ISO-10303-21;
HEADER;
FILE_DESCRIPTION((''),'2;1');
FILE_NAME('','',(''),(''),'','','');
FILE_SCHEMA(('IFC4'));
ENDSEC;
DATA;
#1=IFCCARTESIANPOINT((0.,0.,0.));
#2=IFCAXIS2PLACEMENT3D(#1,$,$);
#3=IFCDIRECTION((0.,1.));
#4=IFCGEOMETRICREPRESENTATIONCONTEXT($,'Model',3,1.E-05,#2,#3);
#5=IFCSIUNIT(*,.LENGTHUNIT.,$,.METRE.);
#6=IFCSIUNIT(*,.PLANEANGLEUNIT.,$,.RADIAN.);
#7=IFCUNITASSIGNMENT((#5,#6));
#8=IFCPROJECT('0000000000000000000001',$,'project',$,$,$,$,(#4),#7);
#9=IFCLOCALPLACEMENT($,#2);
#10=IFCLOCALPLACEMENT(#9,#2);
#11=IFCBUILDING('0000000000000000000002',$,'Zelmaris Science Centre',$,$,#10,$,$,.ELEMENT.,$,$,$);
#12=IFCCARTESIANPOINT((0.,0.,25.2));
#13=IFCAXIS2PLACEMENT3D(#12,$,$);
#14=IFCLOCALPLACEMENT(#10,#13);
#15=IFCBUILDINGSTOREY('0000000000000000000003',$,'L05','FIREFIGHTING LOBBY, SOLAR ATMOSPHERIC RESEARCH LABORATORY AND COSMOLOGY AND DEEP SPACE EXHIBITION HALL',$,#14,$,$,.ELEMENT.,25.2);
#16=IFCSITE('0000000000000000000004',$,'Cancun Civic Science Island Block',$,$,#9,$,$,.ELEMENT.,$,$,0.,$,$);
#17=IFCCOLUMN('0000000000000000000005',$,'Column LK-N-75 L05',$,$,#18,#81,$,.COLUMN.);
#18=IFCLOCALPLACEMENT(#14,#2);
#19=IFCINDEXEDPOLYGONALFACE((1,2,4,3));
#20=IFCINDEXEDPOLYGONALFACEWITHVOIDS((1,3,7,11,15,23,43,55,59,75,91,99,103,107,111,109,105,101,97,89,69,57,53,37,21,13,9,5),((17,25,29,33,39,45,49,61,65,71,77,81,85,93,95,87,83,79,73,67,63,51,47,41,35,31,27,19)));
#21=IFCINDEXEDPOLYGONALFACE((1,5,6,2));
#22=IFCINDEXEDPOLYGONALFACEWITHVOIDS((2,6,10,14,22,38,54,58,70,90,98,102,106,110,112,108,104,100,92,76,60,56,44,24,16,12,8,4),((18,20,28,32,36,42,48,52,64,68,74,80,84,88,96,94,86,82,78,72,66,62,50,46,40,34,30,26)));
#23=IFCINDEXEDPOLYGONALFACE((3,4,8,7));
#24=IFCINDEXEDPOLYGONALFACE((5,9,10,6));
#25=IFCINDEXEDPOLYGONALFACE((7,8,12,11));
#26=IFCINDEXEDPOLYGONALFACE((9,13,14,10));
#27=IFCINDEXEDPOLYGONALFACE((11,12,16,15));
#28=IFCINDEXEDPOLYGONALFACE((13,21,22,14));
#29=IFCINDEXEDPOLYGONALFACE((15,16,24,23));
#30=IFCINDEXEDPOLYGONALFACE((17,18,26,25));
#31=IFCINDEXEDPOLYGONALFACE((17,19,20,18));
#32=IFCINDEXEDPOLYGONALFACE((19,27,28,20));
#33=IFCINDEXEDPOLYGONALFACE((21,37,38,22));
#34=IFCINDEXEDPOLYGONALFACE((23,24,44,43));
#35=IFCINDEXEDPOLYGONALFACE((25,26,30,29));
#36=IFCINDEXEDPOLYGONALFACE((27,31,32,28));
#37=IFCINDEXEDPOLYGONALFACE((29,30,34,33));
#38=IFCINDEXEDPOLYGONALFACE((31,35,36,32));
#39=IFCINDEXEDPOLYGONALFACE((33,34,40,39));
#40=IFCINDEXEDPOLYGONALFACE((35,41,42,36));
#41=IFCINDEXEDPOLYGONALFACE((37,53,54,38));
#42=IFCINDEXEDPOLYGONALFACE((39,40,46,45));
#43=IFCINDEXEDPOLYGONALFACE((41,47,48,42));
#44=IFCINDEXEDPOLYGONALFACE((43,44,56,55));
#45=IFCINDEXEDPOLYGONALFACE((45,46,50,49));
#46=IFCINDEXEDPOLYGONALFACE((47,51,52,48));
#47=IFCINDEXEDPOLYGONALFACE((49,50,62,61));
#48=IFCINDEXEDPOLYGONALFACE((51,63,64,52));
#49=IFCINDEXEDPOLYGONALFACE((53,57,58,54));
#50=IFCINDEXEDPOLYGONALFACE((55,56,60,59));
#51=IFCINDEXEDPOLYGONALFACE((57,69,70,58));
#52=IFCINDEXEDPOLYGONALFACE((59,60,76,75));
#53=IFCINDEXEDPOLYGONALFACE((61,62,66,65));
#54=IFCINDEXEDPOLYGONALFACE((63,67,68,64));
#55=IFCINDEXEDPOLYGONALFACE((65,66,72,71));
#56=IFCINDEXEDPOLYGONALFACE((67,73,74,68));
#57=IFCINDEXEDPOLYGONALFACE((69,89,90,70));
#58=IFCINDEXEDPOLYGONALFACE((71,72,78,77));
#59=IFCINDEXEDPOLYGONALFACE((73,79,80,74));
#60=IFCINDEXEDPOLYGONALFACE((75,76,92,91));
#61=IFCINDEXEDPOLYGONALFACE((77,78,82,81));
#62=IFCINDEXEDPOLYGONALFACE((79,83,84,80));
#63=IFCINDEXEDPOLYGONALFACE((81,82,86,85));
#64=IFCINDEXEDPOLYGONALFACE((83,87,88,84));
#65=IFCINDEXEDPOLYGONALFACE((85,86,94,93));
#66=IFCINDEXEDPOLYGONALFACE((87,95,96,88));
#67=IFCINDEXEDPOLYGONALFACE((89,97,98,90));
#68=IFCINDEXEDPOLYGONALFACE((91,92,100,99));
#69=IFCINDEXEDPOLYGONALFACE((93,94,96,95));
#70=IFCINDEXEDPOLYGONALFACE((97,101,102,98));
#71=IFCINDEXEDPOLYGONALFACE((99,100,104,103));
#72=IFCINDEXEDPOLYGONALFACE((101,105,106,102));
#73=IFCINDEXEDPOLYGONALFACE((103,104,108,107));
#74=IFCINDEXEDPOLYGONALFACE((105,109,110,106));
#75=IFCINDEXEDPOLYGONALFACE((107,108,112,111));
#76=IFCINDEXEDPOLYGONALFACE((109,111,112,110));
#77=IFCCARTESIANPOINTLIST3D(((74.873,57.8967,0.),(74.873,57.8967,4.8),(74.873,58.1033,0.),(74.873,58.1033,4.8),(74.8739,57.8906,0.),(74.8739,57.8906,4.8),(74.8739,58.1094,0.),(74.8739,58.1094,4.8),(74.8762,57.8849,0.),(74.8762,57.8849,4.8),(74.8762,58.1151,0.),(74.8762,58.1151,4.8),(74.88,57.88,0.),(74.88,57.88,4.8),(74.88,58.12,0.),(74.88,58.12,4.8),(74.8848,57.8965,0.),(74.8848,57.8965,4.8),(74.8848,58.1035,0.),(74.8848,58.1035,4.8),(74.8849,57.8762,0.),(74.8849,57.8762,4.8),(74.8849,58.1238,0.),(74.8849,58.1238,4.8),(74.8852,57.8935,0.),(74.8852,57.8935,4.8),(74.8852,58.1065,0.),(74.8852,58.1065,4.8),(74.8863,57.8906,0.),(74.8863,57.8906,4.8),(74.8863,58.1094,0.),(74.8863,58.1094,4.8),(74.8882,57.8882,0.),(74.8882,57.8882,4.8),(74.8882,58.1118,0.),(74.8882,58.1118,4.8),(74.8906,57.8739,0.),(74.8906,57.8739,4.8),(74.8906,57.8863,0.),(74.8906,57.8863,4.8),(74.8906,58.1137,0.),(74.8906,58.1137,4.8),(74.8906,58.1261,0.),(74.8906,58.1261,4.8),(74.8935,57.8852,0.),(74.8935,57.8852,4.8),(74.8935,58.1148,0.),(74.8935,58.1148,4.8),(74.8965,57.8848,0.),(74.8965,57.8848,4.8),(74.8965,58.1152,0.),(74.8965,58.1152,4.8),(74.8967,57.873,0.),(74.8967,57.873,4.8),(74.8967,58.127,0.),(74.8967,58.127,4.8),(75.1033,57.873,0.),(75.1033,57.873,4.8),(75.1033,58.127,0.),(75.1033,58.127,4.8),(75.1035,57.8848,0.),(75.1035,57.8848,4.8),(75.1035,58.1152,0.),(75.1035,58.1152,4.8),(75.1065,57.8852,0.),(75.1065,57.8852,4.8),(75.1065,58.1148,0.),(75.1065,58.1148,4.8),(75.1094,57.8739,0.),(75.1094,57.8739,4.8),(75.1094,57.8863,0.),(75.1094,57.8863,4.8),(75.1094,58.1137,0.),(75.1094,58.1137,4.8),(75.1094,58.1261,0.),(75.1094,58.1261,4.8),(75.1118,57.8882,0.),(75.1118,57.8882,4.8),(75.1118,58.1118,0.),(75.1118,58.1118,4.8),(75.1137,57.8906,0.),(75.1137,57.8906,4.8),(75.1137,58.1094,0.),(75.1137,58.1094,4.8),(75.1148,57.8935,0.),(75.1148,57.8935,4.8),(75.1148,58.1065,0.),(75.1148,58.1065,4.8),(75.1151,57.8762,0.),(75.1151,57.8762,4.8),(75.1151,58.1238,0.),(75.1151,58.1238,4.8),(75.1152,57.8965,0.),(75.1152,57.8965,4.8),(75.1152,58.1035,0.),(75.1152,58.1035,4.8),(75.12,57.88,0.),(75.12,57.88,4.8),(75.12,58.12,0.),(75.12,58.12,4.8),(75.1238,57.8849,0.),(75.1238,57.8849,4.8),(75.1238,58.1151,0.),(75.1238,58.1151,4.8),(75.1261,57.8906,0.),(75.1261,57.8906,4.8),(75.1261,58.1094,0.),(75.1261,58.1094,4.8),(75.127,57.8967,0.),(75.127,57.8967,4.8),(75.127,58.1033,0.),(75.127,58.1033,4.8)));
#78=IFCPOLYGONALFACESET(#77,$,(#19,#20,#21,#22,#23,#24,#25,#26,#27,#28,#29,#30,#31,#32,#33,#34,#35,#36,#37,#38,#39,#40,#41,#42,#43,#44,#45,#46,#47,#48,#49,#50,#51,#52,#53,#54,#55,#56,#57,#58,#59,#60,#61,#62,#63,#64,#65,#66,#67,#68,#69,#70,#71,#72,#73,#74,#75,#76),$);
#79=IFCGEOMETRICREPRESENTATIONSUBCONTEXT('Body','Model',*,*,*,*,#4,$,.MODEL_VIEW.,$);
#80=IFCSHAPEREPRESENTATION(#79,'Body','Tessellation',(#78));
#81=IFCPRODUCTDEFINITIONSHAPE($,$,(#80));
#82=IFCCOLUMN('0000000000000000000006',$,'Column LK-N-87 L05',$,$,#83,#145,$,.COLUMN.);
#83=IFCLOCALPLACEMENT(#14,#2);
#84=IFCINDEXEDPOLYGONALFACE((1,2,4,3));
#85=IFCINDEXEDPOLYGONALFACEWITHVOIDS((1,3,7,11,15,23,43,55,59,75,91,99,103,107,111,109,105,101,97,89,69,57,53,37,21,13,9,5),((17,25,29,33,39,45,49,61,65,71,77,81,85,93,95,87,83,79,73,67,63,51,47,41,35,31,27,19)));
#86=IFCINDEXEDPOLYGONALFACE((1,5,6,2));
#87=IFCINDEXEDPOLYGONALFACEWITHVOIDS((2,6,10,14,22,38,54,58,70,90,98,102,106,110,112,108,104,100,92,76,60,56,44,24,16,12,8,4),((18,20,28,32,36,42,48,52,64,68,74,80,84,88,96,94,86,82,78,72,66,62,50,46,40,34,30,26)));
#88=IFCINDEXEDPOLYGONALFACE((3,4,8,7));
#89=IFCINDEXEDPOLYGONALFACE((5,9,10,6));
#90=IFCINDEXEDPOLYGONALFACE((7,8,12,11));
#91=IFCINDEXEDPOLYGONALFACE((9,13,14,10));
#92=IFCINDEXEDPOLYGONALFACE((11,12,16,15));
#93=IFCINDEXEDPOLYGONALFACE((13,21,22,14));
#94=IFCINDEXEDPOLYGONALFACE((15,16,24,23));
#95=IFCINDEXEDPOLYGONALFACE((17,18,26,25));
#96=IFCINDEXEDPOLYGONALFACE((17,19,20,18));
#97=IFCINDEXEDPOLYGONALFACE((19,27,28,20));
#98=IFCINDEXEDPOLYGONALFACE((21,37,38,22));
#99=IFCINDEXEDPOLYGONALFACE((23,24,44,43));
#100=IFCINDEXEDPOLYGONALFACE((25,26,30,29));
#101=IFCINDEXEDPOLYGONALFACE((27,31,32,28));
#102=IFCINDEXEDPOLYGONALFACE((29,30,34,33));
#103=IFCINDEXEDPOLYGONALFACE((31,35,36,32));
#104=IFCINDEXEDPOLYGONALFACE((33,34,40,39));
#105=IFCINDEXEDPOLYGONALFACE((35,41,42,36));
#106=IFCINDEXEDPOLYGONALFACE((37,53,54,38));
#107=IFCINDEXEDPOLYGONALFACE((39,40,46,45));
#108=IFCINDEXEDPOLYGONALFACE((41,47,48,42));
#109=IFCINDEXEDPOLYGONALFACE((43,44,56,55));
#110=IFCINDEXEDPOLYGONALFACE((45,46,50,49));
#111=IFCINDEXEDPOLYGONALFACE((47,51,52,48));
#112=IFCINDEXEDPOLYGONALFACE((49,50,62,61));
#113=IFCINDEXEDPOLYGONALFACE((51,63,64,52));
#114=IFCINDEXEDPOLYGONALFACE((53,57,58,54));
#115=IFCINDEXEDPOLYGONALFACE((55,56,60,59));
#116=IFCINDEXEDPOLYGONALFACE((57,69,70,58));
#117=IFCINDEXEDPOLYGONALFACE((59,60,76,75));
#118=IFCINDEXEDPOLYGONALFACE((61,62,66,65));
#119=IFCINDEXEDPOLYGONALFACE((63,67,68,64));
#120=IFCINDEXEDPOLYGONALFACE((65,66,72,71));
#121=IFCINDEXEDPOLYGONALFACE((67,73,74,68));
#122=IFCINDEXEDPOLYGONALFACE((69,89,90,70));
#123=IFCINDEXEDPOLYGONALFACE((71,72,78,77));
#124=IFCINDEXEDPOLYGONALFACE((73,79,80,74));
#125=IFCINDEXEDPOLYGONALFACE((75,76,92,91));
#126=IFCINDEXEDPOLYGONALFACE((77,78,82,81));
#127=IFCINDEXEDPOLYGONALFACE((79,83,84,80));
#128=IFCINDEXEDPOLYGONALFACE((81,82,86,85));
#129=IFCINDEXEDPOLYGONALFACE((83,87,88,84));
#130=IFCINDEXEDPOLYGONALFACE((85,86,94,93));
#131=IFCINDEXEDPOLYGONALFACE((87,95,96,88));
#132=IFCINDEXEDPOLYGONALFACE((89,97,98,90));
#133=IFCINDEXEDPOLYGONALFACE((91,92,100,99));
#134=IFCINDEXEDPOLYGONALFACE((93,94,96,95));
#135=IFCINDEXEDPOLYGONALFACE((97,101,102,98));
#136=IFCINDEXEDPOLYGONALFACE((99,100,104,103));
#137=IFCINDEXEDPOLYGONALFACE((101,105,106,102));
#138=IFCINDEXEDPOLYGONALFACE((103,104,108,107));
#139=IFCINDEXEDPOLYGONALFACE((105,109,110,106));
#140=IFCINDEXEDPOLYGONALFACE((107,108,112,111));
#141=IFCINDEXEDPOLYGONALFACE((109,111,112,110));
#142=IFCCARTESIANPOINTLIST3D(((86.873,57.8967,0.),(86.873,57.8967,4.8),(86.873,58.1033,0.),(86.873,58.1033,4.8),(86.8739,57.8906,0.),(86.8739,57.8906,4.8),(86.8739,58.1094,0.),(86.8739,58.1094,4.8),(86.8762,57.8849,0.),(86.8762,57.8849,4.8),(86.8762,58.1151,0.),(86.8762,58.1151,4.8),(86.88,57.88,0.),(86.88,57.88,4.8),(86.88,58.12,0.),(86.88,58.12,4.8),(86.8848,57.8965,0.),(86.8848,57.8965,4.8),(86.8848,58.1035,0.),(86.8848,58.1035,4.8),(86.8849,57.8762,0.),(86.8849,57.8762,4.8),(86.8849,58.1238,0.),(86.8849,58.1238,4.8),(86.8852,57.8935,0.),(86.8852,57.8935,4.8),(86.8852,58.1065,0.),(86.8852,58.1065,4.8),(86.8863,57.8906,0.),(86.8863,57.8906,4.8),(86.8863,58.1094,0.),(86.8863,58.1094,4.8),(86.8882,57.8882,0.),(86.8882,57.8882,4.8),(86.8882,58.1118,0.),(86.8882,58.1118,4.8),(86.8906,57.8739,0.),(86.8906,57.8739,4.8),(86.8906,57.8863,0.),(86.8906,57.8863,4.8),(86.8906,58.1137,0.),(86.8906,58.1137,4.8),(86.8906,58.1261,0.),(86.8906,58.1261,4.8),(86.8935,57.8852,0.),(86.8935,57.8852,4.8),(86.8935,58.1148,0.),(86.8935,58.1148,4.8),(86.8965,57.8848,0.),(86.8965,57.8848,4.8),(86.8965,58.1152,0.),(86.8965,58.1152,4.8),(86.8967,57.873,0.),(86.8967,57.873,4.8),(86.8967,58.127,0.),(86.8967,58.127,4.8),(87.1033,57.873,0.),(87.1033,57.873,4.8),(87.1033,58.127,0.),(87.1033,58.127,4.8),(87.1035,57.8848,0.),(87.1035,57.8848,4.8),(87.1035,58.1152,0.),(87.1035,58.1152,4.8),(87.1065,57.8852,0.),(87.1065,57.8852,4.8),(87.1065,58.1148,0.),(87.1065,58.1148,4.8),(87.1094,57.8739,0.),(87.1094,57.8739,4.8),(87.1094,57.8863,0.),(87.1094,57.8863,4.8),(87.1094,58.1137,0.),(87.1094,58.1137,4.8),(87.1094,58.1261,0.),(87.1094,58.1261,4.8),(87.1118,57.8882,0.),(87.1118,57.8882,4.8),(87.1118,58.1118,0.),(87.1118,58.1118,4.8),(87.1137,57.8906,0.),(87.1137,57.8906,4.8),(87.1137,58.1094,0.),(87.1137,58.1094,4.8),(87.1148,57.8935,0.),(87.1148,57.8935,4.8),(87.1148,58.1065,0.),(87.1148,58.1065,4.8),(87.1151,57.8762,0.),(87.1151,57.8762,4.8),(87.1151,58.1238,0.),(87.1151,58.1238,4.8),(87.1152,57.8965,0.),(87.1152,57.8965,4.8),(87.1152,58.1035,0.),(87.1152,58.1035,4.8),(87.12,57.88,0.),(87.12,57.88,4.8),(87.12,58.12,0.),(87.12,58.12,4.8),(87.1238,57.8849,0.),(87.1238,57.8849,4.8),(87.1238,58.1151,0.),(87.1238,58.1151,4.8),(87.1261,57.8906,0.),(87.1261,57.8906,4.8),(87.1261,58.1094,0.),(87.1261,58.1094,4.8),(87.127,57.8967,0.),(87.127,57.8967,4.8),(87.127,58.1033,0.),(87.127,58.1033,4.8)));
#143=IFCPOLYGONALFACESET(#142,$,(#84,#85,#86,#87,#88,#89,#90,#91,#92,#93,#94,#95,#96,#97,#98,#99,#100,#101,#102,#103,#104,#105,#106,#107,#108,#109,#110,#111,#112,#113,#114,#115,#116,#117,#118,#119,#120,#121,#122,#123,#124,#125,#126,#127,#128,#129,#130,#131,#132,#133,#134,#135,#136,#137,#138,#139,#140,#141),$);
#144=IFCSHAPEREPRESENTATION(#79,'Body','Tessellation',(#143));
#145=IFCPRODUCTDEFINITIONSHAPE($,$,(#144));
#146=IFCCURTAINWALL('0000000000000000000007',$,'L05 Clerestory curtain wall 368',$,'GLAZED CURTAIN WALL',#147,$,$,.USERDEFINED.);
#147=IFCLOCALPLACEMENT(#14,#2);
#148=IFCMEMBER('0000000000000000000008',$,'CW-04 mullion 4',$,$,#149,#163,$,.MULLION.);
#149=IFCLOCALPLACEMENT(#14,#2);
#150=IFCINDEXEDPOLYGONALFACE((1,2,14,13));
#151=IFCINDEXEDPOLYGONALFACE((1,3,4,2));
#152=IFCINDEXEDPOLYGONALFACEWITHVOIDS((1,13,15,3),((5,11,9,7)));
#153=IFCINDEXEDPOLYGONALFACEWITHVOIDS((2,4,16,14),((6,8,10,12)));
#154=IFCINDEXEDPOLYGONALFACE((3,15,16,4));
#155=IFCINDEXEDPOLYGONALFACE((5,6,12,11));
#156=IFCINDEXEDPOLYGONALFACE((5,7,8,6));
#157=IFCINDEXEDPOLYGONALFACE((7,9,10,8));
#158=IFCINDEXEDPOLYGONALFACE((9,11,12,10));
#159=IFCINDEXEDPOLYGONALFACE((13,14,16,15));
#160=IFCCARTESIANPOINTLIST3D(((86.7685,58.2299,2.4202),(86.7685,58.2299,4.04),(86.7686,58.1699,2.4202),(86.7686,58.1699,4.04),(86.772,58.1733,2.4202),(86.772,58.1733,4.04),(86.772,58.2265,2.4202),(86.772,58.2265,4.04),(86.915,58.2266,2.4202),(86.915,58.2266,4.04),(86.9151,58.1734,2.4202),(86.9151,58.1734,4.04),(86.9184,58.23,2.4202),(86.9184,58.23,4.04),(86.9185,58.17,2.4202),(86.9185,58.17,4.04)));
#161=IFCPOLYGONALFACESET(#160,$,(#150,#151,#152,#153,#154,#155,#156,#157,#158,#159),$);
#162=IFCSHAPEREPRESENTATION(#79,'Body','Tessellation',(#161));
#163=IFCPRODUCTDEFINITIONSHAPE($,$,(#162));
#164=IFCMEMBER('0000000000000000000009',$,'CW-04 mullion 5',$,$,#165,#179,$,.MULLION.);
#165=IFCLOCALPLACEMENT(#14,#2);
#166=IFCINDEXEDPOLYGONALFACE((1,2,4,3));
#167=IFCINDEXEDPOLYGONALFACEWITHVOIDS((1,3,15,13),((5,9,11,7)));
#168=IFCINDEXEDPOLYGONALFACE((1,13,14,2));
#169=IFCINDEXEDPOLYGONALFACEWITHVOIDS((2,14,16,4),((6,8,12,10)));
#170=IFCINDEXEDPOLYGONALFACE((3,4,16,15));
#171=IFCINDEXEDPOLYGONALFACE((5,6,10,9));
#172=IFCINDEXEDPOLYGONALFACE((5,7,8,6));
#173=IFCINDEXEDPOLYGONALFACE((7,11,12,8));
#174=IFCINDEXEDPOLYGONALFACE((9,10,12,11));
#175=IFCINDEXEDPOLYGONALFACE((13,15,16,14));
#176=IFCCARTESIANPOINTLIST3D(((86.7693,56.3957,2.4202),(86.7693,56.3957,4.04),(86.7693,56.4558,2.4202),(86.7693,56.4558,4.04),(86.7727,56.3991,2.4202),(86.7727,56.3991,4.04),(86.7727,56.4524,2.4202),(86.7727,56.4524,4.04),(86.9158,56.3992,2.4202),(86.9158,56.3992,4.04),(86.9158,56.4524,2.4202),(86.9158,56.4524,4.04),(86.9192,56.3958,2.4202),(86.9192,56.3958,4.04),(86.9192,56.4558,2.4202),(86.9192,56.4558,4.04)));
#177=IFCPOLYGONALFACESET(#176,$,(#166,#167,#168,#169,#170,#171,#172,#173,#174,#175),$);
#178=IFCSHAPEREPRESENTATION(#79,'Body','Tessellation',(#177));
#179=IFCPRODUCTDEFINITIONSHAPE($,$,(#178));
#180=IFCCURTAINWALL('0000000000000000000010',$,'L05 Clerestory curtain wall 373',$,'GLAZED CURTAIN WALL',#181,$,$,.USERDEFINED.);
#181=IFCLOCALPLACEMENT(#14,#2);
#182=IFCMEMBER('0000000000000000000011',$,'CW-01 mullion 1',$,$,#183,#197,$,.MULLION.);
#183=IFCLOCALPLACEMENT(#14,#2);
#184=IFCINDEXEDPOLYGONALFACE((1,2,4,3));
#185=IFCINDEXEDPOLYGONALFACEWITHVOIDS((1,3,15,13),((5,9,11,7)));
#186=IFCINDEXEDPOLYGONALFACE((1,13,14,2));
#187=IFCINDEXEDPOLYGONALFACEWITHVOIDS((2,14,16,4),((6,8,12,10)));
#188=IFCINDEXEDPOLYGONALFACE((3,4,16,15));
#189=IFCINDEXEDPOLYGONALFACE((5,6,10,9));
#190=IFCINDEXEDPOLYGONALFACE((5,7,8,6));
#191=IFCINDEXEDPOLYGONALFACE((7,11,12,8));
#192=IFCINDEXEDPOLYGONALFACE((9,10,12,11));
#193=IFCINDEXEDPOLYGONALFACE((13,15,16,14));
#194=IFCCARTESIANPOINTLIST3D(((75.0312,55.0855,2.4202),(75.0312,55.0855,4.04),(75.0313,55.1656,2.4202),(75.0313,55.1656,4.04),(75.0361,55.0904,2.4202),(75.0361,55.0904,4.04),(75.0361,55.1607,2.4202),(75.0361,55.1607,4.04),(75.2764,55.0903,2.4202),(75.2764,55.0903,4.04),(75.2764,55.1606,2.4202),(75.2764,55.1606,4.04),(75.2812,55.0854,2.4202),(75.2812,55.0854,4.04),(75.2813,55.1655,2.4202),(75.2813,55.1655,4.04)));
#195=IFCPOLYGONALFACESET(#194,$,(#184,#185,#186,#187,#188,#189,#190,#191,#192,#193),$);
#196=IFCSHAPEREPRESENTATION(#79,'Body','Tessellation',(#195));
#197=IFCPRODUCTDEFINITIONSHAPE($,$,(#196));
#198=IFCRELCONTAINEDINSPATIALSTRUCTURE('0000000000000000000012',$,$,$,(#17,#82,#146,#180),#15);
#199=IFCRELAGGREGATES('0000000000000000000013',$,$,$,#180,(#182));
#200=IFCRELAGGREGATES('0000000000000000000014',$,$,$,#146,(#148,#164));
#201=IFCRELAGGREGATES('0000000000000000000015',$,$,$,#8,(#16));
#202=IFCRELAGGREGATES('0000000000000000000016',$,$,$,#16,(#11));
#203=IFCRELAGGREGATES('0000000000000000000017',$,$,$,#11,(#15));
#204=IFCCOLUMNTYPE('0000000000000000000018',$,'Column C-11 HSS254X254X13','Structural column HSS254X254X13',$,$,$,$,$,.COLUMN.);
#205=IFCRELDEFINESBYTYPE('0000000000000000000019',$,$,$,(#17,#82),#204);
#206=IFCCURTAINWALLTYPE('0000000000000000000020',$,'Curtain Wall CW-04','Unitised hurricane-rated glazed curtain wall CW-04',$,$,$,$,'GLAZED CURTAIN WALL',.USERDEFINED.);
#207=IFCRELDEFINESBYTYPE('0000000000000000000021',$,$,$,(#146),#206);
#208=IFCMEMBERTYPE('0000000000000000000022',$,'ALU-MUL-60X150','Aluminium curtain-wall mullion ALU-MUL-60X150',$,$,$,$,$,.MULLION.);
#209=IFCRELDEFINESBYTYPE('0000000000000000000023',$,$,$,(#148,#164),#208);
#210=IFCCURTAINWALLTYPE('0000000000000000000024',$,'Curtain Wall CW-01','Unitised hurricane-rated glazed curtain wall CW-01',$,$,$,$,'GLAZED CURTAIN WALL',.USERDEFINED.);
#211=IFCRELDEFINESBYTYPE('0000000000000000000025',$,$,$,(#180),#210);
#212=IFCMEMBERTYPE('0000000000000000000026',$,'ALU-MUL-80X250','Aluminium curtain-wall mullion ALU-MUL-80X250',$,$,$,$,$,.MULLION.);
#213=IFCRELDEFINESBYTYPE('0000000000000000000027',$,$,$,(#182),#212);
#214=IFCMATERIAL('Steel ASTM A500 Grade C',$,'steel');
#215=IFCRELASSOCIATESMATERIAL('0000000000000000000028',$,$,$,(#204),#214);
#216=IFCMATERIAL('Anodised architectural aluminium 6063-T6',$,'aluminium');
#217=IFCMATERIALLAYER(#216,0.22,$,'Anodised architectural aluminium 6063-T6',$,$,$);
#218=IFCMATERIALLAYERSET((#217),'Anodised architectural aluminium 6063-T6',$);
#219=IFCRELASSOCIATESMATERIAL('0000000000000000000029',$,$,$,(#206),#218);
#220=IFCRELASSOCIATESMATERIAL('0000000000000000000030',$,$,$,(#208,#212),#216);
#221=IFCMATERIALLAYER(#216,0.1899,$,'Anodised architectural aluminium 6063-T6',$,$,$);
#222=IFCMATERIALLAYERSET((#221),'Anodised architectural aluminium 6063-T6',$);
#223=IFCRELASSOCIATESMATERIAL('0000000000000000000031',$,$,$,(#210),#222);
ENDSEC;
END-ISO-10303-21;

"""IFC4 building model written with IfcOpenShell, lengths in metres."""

from ifc_helpers import new_model, si_unit, direction, frame, origin, origin_2d, place, context, subcontext, project, spatial, hollow_rectangle, extrude, material, layer, layer_set, material_profile, profile_set, type_object, element, aggregate, save


model = new_model("IFC4")

# Units and contexts
model_context = context("Model", 3, precision=1e-05, world=origin(), true_north=direction((0.0, 1.0)))
body_context = subcontext(model_context, "Body", "Model", "MODEL_VIEW")
ifc_project = project(units=[si_unit("LENGTHUNIT", "METRE"), si_unit("PLANEANGLEUNIT", "RADIAN")], contexts=[model_context])

# Site, building, storey
site_placement = place(None, origin())
site = spatial("IfcSite", under=ifc_project, at=site_placement, Name="Cancun Civic Science Island Block", CompositionType="ELEMENT", RefElevation=0.0)
building_placement = place(site_placement, origin())
building = spatial("IfcBuilding", under=site, at=building_placement, Name="Zelmaris Science Centre", CompositionType="ELEMENT")
storey_placement = place(building_placement, frame((0.0, 0.0, 25.2)))
storey = spatial("IfcBuildingStorey", under=building, at=storey_placement, Name="L05", Description="FIREFIGHTING LOBBY, SOLAR ATMOSPHERIC RESEARCH LABORATORY AND COSMOLOGY AND DEEP SPACE EXHIBITION HALL", CompositionType="ELEMENT", Elevation=25.2)

# Columns
ifc_material_1 = material(Name="Steel ASTM A500 Grade C", Category="steel")
ifc_material_profile_1 = material_profile(ifc_material_1, hollow_rectangle(XDim=0.2539, YDim=0.2539, WallThickness=0.0117, InnerFilletRadius=0.0117, OuterFilletRadius=0.0237, at=origin_2d()), Name="HSS254X254X13")
ifc_profile_set_1 = profile_set([ifc_material_profile_1], Name="Steel ASTM A500 Grade C")
column_type = type_object("IfcColumnType", Name="Column C-11 HSS254X254X13", Description="Structural column HSS254X254X13", PredefinedType="COLUMN", material=ifc_profile_set_1)
for number, where, z_axis, x_axis, name in (
    (1, (75.0, 58.0, 0.0), (0.0, 0.0, 1.0), (1.0, 0.0, 0.0), "Column LK-N-75 L05"),
    (2, (87.0, 58.0, 0.0), (0.0, 0.0, 1.0), (1.0, 0.0, 0.0), "Column LK-N-87 L05"),
):
    element("IfcColumn", number, at=place(storey_placement, frame(where, z_axis=z_axis, x_axis=x_axis)), inside=storey, type_object=column_type, Name=name, PredefinedType="COLUMN", context=body_context, shape_type="SweptSolid", body=[
        extrude(hollow_rectangle(XDim=0.2539, YDim=0.2539, WallThickness=0.0117, InnerFilletRadius=0.0117, OuterFilletRadius=0.0237, at=origin_2d()), origin(), (0.0, 0.0, 1.0), 4.8),
    ])

# Curtain walls, members
ifc_material_2 = material(Name="Anodised architectural aluminium 6063-T6", Category="aluminium")
ifc_layer_1 = layer(ifc_material_2, 0.22, Name="Anodised architectural aluminium 6063-T6")
ifc_layer_set_1 = layer_set([ifc_layer_1], Name="Anodised architectural aluminium 6063-T6")
curtain_wall_type_1 = type_object("IfcCurtainWallType", Name="Curtain Wall CW-04", Description="Unitised hurricane-rated glazed curtain wall CW-04", ElementType="GLAZED CURTAIN WALL", PredefinedType="USERDEFINED", material=ifc_layer_set_1)
curtain_wall_1_placement = place(storey_placement, origin())
curtain_wall_1 = element("IfcCurtainWall", 3, at=curtain_wall_1_placement, inside=storey, type_object=curtain_wall_type_1, Name="L05 Clerestory curtain wall 368", ObjectType="GLAZED CURTAIN WALL", PredefinedType="USERDEFINED")
ifc_material_profile_2 = material_profile(ifc_material_2, hollow_rectangle(XDim=0.0601, YDim=0.1499, WallThickness=0.0034, at=origin_2d()), Name="ALU-MUL-60X150")
ifc_profile_set_2 = profile_set([ifc_material_profile_2], Name="Anodised architectural aluminium 6063-T6")
member_type_1 = type_object("IfcMemberType", Name="ALU-MUL-60X150", Description="Aluminium curtain-wall mullion ALU-MUL-60X150", PredefinedType="MULLION", material=ifc_profile_set_2)
member_1_placement = place(storey_placement, frame((86.8435, 58.2, 2.4202), z_axis=(0.0, 0.0, 1.0), x_axis=(0.000457, -1.0, 0.0)))
member_1 = element("IfcMember", 4, at=member_1_placement, type_object=member_type_1, Name="CW-04 mullion 4", PredefinedType="MULLION", context=body_context, shape_type="SweptSolid", body=[
    extrude(hollow_rectangle(XDim=0.0601, YDim=0.1499, WallThickness=0.0034, at=origin_2d()), origin(), (0.0, 0.0, 1.0), 1.6199),
])
member_2_placement = place(storey_placement, frame((86.8442, 56.4258, 2.4202), z_axis=(0.0, 0.0, 1.0), x_axis=(0.000457, -1.0, 0.0)))
member_2 = element("IfcMember", 5, at=member_2_placement, type_object=member_type_1, Name="CW-04 mullion 5", PredefinedType="MULLION", context=body_context, shape_type="SweptSolid", body=[
    extrude(hollow_rectangle(XDim=0.0601, YDim=0.1499, WallThickness=0.0034, at=origin_2d()), origin(), (0.0, 0.0, 1.0), 1.6199),
])
ifc_layer_2 = layer(ifc_material_2, 0.1899, Name="Anodised architectural aluminium 6063-T6")
ifc_layer_set_2 = layer_set([ifc_layer_2], Name="Anodised architectural aluminium 6063-T6")
curtain_wall_type_2 = type_object("IfcCurtainWallType", Name="Curtain Wall CW-01", Description="Unitised hurricane-rated glazed curtain wall CW-01", ElementType="GLAZED CURTAIN WALL", PredefinedType="USERDEFINED", material=ifc_layer_set_2)
curtain_wall_2_placement = place(storey_placement, origin())
curtain_wall_2 = element("IfcCurtainWall", 6, at=curtain_wall_2_placement, inside=storey, type_object=curtain_wall_type_2, Name="L05 Clerestory curtain wall 373", ObjectType="GLAZED CURTAIN WALL", PredefinedType="USERDEFINED")
ifc_material_profile_3 = material_profile(ifc_material_2, hollow_rectangle(XDim=0.0801, YDim=0.25, WallThickness=0.0049, at=origin_2d()), Name="ALU-MUL-80X250")
ifc_profile_set_3 = profile_set([ifc_material_profile_3], Name="Anodised architectural aluminium 6063-T6")
member_type_2 = type_object("IfcMemberType", Name="ALU-MUL-80X250", Description="Aluminium curtain-wall mullion ALU-MUL-80X250", PredefinedType="MULLION", material=ifc_profile_set_3)
member_3_placement = place(storey_placement, frame((75.1562, 55.1255, 2.4202), z_axis=(0.0, 0.0, 1.0), x_axis=(0.000379, 1.0, 0.0)))
member_3 = element("IfcMember", 7, at=member_3_placement, type_object=member_type_2, Name="CW-01 mullion 1", PredefinedType="MULLION", context=body_context, shape_type="SweptSolid", body=[
    extrude(hollow_rectangle(XDim=0.0801, YDim=0.25, WallThickness=0.0049, at=origin_2d()), origin(), (0.0, 0.0, 1.0), 1.6199),
])

aggregate(curtain_wall_2, [member_3])
aggregate(curtain_wall_1, [member_1, member_2])

save(model, "model.ifc")
